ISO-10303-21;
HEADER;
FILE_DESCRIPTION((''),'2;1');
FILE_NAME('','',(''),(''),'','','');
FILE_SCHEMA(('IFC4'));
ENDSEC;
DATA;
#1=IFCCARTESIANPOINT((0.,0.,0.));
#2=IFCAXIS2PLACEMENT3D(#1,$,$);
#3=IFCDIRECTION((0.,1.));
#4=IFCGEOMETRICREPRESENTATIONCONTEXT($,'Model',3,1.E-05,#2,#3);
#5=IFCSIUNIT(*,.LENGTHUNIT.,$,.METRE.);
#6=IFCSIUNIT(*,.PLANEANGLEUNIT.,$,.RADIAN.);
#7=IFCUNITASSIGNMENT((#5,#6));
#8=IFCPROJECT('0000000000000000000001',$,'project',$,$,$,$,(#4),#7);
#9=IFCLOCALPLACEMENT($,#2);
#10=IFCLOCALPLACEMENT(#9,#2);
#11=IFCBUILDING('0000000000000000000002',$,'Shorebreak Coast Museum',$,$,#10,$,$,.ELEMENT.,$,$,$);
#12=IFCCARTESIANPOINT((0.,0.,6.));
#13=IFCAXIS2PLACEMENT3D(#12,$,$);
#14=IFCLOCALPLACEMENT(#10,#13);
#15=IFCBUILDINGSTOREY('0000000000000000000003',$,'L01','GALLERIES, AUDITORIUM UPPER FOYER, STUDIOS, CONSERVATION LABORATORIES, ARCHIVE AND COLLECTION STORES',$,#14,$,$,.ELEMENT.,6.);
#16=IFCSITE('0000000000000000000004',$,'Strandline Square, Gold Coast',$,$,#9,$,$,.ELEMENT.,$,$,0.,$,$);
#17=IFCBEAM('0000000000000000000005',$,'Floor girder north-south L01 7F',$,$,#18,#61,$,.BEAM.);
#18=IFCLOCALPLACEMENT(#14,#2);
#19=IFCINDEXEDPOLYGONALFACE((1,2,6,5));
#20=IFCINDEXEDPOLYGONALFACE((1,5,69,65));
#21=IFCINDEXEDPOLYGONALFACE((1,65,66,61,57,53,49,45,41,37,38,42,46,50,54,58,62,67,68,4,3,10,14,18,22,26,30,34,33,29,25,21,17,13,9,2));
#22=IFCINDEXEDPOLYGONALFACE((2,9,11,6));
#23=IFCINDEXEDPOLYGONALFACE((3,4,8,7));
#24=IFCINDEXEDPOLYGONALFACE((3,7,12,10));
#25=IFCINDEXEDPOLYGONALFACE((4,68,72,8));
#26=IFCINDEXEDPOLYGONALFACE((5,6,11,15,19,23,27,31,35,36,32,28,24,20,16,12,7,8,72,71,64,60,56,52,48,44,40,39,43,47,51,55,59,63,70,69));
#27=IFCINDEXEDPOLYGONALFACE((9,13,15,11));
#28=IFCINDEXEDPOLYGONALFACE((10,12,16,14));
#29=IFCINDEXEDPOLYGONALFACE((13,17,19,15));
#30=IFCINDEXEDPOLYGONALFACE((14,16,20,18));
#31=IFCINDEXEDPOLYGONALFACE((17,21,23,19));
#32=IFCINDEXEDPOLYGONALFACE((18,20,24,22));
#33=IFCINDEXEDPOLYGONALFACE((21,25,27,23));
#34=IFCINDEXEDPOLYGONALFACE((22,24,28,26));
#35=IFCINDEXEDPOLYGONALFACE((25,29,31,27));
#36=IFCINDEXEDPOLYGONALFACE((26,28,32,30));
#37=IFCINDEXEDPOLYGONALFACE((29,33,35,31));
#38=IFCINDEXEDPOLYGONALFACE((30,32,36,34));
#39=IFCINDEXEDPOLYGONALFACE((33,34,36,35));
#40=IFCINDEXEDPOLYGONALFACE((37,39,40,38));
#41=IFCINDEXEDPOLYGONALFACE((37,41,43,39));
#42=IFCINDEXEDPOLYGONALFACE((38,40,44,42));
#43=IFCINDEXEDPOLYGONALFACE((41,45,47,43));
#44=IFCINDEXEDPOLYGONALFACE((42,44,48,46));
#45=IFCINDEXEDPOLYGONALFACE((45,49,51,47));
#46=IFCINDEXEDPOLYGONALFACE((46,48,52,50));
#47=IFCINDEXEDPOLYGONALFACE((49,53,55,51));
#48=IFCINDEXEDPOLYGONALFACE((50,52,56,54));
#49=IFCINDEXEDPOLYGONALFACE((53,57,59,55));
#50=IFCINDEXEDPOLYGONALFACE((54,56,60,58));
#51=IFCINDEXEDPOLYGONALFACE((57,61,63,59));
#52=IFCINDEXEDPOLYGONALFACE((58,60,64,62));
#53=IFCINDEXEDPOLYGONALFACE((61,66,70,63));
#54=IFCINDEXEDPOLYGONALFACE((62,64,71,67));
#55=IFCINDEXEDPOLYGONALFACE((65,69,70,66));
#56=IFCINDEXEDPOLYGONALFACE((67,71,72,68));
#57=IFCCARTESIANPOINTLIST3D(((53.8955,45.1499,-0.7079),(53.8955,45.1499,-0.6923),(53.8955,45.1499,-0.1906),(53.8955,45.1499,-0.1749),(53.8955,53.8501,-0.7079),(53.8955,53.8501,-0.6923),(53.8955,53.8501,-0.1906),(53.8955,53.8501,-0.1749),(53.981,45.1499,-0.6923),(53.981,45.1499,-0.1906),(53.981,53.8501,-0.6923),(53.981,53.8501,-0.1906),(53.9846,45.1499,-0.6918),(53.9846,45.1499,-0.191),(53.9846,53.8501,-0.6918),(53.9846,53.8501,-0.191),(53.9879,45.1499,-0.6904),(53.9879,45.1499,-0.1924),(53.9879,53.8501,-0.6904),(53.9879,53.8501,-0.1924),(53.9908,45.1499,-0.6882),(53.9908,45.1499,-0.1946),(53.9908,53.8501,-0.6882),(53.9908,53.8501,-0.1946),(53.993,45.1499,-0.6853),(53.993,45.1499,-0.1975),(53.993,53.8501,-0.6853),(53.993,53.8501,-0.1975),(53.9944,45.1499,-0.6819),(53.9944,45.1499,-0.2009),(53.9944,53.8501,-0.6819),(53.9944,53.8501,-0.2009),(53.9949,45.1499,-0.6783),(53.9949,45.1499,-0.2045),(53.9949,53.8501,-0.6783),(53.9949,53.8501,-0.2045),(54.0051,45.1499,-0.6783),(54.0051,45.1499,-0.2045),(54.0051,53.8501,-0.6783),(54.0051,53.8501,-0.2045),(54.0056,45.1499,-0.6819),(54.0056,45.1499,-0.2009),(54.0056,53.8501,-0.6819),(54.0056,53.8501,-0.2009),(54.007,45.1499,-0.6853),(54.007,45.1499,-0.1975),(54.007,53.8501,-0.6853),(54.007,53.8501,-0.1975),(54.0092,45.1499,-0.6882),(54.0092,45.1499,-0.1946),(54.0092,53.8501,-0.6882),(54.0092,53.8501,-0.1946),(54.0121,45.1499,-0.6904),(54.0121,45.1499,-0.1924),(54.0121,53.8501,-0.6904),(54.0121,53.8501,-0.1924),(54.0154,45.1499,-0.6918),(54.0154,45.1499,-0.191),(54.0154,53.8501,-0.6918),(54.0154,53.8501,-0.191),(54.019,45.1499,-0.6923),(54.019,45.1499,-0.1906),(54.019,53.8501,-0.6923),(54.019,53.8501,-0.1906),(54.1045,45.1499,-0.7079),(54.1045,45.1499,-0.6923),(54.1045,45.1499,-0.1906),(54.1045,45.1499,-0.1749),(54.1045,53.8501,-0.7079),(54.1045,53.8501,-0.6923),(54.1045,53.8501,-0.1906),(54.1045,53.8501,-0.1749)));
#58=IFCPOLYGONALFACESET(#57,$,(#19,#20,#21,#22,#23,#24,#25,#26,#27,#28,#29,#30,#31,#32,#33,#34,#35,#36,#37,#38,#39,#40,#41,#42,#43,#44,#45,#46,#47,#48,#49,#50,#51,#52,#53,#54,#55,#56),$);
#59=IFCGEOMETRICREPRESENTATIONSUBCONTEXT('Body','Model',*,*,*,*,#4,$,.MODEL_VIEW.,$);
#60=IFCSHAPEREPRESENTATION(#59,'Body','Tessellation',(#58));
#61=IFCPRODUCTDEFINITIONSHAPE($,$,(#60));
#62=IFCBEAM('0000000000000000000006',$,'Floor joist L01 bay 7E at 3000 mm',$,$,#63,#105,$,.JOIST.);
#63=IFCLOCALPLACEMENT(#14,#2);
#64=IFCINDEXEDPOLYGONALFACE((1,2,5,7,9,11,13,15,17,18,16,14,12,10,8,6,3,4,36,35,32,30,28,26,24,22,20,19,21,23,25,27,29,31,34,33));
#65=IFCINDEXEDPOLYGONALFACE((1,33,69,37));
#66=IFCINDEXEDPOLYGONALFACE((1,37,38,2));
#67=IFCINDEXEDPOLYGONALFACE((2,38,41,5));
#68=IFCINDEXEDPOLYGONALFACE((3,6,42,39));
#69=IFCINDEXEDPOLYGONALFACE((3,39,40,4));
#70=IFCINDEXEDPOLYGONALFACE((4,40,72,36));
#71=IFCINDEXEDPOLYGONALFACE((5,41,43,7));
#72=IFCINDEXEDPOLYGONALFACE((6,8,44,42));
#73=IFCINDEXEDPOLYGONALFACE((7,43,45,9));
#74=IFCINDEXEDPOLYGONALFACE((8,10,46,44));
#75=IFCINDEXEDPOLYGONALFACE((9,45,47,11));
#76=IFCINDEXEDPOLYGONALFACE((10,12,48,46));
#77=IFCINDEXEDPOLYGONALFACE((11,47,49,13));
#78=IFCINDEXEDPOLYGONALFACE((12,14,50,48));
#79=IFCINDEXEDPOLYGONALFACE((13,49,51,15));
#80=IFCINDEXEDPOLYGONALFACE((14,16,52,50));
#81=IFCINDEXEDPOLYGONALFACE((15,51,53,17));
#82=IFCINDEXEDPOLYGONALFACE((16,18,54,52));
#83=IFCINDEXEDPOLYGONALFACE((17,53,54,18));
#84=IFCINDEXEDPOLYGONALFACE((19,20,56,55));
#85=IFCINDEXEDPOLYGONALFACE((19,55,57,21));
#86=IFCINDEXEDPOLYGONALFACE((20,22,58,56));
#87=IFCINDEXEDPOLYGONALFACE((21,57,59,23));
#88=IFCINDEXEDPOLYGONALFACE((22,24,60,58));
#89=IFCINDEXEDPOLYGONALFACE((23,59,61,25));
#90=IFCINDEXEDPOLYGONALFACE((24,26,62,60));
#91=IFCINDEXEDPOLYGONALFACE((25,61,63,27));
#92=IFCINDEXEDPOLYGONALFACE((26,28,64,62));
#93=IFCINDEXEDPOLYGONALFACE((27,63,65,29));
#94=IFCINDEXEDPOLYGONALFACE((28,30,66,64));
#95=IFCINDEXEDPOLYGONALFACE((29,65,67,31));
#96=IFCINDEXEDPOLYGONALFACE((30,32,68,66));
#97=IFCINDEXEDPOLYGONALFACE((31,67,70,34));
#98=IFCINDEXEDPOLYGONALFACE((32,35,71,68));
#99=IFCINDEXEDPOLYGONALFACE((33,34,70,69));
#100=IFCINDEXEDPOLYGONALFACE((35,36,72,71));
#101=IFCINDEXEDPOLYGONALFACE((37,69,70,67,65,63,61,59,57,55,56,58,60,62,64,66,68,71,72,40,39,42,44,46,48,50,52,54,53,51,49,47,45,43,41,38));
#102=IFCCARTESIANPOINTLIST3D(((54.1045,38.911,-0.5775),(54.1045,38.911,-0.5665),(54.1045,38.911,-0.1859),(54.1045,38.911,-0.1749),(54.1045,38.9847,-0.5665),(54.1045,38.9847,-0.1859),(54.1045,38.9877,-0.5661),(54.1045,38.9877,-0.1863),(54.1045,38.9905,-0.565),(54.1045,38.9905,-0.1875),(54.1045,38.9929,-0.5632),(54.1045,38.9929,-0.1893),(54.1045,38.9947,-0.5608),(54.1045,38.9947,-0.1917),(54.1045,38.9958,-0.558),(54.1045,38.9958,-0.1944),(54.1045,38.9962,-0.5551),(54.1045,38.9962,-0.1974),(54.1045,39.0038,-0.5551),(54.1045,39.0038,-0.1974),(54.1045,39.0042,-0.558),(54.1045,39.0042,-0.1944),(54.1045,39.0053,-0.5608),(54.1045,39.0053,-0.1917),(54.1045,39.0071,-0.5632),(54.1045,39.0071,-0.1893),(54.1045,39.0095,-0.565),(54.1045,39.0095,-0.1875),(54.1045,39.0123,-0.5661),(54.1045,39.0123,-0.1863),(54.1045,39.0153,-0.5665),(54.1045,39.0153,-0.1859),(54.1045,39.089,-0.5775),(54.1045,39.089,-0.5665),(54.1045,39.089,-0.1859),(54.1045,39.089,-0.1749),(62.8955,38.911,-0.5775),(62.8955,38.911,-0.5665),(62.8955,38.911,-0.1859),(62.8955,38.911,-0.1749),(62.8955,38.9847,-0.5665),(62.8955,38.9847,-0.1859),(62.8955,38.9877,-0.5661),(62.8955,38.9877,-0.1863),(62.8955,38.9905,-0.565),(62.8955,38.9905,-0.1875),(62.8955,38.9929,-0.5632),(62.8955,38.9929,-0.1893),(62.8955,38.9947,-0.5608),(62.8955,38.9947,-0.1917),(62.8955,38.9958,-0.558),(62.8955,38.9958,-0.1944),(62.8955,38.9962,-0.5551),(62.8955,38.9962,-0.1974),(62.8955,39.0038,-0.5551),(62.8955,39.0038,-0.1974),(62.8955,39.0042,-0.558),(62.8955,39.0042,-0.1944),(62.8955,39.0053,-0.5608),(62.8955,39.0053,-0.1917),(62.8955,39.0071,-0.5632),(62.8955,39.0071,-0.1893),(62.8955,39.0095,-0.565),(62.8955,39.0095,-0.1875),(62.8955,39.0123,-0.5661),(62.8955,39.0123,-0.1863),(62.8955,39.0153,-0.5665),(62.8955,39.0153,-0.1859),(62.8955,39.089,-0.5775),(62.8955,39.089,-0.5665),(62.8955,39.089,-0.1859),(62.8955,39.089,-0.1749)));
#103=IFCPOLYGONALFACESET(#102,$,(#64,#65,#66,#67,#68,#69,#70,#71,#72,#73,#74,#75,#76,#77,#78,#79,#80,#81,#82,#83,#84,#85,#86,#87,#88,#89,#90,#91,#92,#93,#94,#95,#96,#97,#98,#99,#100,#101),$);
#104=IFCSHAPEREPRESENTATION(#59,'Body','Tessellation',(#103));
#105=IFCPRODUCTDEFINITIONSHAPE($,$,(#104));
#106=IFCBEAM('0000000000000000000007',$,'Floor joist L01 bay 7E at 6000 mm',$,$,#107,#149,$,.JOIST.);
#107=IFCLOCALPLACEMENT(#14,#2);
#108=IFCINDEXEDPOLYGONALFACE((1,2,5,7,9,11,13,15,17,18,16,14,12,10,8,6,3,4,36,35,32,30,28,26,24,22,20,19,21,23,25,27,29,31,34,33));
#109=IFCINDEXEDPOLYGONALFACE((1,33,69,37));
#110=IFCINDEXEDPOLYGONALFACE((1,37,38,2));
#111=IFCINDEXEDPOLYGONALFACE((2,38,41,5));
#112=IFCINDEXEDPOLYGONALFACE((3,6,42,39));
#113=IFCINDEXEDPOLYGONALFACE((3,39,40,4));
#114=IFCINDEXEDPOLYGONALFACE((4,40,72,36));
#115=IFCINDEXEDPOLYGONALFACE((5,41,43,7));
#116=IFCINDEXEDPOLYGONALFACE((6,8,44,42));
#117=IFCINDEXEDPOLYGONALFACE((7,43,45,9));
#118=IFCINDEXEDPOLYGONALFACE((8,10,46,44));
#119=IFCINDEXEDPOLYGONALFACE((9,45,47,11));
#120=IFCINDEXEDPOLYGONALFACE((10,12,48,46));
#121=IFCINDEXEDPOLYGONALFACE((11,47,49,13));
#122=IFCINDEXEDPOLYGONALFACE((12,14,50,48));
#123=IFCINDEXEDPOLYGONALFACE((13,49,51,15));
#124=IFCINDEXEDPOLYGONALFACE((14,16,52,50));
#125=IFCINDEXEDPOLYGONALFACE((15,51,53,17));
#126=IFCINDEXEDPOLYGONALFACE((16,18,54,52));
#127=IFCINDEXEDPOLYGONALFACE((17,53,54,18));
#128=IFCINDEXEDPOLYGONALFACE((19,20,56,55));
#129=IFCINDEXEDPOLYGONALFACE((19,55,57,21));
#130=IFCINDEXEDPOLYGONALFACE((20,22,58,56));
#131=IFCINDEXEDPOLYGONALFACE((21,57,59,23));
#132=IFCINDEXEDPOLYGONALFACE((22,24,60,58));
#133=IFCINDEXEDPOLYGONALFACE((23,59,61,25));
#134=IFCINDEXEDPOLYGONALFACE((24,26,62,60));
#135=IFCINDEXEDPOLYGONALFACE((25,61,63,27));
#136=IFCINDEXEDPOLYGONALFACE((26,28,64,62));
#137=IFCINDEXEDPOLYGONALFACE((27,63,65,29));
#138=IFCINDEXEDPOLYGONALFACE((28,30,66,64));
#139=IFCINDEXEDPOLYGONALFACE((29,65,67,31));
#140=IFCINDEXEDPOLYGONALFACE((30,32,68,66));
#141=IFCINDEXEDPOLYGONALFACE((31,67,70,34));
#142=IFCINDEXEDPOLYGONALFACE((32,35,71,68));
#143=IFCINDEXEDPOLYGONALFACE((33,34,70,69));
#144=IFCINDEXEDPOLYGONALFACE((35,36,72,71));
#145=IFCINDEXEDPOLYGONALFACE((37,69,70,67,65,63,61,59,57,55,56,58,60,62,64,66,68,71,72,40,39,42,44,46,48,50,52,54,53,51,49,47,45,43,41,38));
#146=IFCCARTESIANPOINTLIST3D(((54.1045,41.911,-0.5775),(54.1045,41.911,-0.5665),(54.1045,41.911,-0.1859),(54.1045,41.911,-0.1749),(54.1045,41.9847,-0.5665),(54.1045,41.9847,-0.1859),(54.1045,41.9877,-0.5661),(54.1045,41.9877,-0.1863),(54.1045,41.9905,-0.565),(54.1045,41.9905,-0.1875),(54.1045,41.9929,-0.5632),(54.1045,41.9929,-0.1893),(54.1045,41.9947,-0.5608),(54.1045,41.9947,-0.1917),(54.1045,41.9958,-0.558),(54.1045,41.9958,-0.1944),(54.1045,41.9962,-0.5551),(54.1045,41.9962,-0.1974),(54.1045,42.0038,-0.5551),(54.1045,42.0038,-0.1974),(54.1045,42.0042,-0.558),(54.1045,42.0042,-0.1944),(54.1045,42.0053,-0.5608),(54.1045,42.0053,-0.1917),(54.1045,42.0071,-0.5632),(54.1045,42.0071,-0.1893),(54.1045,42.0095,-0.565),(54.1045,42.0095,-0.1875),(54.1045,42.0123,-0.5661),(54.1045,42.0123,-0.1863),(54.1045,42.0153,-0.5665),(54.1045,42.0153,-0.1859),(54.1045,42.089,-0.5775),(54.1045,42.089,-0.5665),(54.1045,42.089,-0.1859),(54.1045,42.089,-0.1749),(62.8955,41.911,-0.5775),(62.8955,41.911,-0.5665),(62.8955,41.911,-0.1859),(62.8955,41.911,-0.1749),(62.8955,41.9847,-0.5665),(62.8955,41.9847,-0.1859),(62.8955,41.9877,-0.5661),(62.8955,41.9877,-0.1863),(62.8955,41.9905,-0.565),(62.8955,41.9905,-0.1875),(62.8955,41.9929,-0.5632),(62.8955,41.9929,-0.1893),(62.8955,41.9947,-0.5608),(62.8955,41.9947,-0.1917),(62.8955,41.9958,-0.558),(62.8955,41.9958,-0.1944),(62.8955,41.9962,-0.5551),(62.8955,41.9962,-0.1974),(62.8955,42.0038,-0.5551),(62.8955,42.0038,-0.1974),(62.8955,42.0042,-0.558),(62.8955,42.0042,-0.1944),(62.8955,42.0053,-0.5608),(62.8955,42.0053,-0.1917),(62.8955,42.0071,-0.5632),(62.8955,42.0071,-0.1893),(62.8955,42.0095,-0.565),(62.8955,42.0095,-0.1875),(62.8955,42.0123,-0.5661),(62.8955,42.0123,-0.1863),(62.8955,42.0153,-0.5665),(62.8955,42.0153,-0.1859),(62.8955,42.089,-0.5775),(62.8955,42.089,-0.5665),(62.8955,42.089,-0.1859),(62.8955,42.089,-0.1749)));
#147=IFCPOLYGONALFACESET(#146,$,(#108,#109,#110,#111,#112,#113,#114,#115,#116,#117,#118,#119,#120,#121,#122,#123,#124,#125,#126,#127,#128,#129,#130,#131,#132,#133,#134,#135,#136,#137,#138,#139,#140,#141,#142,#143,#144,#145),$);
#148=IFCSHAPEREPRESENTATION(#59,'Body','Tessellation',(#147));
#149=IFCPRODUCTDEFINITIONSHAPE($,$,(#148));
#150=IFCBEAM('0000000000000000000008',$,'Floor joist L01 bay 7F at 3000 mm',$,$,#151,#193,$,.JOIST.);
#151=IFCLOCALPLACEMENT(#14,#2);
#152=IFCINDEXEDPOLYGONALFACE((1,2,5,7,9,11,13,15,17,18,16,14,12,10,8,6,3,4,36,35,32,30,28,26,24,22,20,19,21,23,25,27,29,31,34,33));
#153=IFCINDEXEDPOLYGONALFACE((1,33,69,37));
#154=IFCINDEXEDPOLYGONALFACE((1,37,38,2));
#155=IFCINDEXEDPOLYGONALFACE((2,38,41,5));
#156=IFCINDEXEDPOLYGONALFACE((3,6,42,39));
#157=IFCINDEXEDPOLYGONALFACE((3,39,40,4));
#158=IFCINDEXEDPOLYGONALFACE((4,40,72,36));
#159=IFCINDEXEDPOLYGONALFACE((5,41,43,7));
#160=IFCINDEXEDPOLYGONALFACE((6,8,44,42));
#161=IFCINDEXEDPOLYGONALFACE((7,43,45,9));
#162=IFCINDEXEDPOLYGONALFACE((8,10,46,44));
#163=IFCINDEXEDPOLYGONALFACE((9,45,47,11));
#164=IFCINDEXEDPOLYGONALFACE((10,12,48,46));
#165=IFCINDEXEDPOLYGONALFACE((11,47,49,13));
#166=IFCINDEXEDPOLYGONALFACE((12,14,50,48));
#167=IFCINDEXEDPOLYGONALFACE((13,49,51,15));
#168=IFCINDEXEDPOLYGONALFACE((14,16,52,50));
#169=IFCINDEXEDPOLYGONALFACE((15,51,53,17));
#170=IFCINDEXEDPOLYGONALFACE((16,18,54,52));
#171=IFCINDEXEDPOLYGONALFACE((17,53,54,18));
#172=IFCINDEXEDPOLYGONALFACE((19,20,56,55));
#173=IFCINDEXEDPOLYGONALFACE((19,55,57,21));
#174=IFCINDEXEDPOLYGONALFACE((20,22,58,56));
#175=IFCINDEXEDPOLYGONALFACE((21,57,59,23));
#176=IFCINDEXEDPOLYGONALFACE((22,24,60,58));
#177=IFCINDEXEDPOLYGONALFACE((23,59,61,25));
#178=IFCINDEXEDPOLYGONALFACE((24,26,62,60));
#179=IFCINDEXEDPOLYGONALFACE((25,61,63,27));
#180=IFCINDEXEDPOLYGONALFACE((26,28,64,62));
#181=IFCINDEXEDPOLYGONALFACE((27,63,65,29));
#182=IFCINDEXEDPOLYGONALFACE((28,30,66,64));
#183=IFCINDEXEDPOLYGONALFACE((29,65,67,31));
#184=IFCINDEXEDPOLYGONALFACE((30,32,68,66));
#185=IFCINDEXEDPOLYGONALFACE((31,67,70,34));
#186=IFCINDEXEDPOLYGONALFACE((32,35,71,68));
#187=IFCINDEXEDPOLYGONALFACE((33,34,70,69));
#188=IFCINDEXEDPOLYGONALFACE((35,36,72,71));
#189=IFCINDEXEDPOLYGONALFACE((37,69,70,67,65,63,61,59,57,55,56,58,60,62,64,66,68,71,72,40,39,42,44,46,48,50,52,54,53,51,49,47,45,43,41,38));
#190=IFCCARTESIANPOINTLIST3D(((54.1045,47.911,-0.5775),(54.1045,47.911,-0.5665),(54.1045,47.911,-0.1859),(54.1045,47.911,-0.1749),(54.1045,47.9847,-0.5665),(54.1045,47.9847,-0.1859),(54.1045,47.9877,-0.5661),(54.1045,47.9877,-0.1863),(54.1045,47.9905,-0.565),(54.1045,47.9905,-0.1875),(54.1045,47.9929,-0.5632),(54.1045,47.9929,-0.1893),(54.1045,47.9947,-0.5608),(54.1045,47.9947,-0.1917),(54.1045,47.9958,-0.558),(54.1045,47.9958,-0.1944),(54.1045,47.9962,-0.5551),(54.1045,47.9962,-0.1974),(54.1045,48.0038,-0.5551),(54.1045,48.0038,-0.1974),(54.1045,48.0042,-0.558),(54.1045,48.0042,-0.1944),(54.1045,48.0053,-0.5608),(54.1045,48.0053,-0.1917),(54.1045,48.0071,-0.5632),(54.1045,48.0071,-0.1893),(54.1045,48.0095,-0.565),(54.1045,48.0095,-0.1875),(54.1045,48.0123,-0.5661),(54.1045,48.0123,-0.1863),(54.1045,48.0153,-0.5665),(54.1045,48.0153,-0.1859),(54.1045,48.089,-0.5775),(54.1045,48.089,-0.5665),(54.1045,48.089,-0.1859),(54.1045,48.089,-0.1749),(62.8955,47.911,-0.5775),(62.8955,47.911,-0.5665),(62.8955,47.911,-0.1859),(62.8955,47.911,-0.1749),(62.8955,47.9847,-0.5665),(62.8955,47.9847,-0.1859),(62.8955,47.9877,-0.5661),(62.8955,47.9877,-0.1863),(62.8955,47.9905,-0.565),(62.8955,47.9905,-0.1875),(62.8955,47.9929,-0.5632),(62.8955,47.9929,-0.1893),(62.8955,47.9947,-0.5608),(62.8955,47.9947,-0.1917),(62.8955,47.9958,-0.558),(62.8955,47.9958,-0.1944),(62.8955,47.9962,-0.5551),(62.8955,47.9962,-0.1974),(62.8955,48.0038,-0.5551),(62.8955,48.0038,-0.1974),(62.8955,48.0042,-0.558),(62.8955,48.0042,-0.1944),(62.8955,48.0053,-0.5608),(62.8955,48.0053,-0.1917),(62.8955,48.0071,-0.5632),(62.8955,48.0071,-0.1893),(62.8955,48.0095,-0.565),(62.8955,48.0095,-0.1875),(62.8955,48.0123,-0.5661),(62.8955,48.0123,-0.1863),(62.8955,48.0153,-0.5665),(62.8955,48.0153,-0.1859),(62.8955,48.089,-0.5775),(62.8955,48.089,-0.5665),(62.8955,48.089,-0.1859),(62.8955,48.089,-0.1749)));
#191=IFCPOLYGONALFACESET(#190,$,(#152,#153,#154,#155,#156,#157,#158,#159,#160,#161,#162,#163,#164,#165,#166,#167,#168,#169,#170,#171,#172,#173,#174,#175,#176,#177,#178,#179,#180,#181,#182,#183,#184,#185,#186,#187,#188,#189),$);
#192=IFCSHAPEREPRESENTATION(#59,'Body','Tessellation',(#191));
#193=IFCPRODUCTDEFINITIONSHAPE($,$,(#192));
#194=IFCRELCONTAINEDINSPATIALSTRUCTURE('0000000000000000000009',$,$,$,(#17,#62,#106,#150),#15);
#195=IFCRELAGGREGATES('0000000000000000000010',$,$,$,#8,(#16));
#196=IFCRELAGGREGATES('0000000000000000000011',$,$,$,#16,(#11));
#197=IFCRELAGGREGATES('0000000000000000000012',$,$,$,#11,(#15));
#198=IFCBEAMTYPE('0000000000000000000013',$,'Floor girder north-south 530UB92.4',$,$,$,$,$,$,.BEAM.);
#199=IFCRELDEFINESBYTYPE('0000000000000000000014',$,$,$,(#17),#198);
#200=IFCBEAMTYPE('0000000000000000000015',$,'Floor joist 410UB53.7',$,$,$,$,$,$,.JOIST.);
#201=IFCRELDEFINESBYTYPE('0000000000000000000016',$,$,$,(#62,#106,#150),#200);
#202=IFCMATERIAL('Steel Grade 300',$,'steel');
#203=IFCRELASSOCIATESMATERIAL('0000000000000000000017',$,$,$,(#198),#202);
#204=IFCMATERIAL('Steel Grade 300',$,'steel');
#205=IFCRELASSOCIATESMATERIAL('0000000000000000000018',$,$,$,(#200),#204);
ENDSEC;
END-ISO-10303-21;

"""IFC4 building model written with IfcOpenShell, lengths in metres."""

from ifc_helpers import new_model, si_unit, direction, frame, origin, origin_2d, place, context, subcontext, project, spatial, i_section, extrude, material, material_profile, profile_set, type_object, element, save


model = new_model("IFC4")

# Units and contexts
model_context = context("Model", 3, precision=1e-05, world=origin(), true_north=direction((0.0, 1.0)))
body_context = subcontext(model_context, "Body", "Model", "MODEL_VIEW")
ifc_project = project(units=[si_unit("LENGTHUNIT", "METRE"), si_unit("PLANEANGLEUNIT", "RADIAN")], contexts=[model_context])

# Site, building, storey
site_placement = place(None, origin())
site = spatial("IfcSite", under=ifc_project, at=site_placement, Name="Strandline Square, Gold Coast", CompositionType="ELEMENT", RefElevation=0.0)
building_placement = place(site_placement, origin())
building = spatial("IfcBuilding", under=site, at=building_placement, Name="Shorebreak Coast Museum", CompositionType="ELEMENT")
storey_placement = place(building_placement, frame((0.0, 0.0, 6.0)))
storey = spatial("IfcBuildingStorey", under=building, at=storey_placement, Name="L01", Description="GALLERIES, AUDITORIUM UPPER FOYER, STUDIOS, CONSERVATION LABORATORIES, ARCHIVE AND COLLECTION STORES", CompositionType="ELEMENT", Elevation=6.0)

# Beams
ifc_material_1 = material(Name="Steel Grade 300", Category="steel")
ifc_material_profile_1 = material_profile(ifc_material_1, i_section(OverallWidth=0.209, OverallDepth=0.533, WebThickness=0.0103, FlangeThickness=0.0156, FilletRadius=0.0139, at=origin_2d()), Name="530UB92.4")
ifc_profile_set_1 = profile_set([ifc_material_profile_1], Name="Steel Grade 300")
beam_type_1 = type_object("IfcBeamType", Name="Floor girder north-south 530UB92.4", PredefinedType="BEAM", material=ifc_profile_set_1)
for number, where, z_axis, x_axis, name in (
    (1, (54.0, 45.1499, -0.4414), (0.0, 1.0, 0.0), (-1.0, 0.0, 0.0), "Floor girder north-south L01 7F"),
):
    element("IfcBeam", number, at=place(storey_placement, frame(where, z_axis=z_axis, x_axis=x_axis)), inside=storey, type_object=beam_type_1, Name=name, PredefinedType="BEAM", context=body_context, shape_type="SweptSolid", body=[
        extrude(i_section(OverallWidth=0.209, OverallDepth=0.533, WebThickness=0.0103, FlangeThickness=0.0156, FilletRadius=0.0139, at=origin_2d()), origin(), (0.0, 0.0, 1.0), 8.7002),
    ])
ifc_material_2 = material(Name="Steel Grade 300", Category="steel")
ifc_material_profile_2 = material_profile(ifc_material_2, i_section(OverallWidth=0.178, OverallDepth=0.4026, WebThickness=0.0076, FlangeThickness=0.011, FilletRadius=0.0115, at=origin_2d()), Name="410UB53.7")
ifc_profile_set_2 = profile_set([ifc_material_profile_2], Name="Steel Grade 300")
beam_type_2 = type_object("IfcBeamType", Name="Floor joist 410UB53.7", PredefinedType="JOIST", material=ifc_profile_set_2)
for number, where, z_axis, x_axis, name in (
    (2, (54.1045, 39.0, -0.3762), (1.0, 0.0, 0.0), (0.0, 1.0, 0.0), "Floor joist L01 bay 7E at 3000 mm"),
    (3, (54.1045, 42.0, -0.3762), (1.0, 0.0, 0.0), (0.0, 1.0, 0.0), "Floor joist L01 bay 7E at 6000 mm"),
    (4, (54.1045, 48.0, -0.3762), (1.0, 0.0, 0.0), (0.0, 1.0, 0.0), "Floor joist L01 bay 7F at 3000 mm"),
):
    element("IfcBeam", number, at=place(storey_placement, frame(where, z_axis=z_axis, x_axis=x_axis)), inside=storey, type_object=beam_type_2, Name=name, PredefinedType="JOIST", context=body_context, shape_type="SweptSolid", body=[
        extrude(i_section(OverallWidth=0.178, OverallDepth=0.4026, WebThickness=0.0076, FlangeThickness=0.011, FilletRadius=0.0115, at=origin_2d()), origin(), (0.0, 0.0, 1.0), 8.791),
    ])

save(model, "model.ifc")
